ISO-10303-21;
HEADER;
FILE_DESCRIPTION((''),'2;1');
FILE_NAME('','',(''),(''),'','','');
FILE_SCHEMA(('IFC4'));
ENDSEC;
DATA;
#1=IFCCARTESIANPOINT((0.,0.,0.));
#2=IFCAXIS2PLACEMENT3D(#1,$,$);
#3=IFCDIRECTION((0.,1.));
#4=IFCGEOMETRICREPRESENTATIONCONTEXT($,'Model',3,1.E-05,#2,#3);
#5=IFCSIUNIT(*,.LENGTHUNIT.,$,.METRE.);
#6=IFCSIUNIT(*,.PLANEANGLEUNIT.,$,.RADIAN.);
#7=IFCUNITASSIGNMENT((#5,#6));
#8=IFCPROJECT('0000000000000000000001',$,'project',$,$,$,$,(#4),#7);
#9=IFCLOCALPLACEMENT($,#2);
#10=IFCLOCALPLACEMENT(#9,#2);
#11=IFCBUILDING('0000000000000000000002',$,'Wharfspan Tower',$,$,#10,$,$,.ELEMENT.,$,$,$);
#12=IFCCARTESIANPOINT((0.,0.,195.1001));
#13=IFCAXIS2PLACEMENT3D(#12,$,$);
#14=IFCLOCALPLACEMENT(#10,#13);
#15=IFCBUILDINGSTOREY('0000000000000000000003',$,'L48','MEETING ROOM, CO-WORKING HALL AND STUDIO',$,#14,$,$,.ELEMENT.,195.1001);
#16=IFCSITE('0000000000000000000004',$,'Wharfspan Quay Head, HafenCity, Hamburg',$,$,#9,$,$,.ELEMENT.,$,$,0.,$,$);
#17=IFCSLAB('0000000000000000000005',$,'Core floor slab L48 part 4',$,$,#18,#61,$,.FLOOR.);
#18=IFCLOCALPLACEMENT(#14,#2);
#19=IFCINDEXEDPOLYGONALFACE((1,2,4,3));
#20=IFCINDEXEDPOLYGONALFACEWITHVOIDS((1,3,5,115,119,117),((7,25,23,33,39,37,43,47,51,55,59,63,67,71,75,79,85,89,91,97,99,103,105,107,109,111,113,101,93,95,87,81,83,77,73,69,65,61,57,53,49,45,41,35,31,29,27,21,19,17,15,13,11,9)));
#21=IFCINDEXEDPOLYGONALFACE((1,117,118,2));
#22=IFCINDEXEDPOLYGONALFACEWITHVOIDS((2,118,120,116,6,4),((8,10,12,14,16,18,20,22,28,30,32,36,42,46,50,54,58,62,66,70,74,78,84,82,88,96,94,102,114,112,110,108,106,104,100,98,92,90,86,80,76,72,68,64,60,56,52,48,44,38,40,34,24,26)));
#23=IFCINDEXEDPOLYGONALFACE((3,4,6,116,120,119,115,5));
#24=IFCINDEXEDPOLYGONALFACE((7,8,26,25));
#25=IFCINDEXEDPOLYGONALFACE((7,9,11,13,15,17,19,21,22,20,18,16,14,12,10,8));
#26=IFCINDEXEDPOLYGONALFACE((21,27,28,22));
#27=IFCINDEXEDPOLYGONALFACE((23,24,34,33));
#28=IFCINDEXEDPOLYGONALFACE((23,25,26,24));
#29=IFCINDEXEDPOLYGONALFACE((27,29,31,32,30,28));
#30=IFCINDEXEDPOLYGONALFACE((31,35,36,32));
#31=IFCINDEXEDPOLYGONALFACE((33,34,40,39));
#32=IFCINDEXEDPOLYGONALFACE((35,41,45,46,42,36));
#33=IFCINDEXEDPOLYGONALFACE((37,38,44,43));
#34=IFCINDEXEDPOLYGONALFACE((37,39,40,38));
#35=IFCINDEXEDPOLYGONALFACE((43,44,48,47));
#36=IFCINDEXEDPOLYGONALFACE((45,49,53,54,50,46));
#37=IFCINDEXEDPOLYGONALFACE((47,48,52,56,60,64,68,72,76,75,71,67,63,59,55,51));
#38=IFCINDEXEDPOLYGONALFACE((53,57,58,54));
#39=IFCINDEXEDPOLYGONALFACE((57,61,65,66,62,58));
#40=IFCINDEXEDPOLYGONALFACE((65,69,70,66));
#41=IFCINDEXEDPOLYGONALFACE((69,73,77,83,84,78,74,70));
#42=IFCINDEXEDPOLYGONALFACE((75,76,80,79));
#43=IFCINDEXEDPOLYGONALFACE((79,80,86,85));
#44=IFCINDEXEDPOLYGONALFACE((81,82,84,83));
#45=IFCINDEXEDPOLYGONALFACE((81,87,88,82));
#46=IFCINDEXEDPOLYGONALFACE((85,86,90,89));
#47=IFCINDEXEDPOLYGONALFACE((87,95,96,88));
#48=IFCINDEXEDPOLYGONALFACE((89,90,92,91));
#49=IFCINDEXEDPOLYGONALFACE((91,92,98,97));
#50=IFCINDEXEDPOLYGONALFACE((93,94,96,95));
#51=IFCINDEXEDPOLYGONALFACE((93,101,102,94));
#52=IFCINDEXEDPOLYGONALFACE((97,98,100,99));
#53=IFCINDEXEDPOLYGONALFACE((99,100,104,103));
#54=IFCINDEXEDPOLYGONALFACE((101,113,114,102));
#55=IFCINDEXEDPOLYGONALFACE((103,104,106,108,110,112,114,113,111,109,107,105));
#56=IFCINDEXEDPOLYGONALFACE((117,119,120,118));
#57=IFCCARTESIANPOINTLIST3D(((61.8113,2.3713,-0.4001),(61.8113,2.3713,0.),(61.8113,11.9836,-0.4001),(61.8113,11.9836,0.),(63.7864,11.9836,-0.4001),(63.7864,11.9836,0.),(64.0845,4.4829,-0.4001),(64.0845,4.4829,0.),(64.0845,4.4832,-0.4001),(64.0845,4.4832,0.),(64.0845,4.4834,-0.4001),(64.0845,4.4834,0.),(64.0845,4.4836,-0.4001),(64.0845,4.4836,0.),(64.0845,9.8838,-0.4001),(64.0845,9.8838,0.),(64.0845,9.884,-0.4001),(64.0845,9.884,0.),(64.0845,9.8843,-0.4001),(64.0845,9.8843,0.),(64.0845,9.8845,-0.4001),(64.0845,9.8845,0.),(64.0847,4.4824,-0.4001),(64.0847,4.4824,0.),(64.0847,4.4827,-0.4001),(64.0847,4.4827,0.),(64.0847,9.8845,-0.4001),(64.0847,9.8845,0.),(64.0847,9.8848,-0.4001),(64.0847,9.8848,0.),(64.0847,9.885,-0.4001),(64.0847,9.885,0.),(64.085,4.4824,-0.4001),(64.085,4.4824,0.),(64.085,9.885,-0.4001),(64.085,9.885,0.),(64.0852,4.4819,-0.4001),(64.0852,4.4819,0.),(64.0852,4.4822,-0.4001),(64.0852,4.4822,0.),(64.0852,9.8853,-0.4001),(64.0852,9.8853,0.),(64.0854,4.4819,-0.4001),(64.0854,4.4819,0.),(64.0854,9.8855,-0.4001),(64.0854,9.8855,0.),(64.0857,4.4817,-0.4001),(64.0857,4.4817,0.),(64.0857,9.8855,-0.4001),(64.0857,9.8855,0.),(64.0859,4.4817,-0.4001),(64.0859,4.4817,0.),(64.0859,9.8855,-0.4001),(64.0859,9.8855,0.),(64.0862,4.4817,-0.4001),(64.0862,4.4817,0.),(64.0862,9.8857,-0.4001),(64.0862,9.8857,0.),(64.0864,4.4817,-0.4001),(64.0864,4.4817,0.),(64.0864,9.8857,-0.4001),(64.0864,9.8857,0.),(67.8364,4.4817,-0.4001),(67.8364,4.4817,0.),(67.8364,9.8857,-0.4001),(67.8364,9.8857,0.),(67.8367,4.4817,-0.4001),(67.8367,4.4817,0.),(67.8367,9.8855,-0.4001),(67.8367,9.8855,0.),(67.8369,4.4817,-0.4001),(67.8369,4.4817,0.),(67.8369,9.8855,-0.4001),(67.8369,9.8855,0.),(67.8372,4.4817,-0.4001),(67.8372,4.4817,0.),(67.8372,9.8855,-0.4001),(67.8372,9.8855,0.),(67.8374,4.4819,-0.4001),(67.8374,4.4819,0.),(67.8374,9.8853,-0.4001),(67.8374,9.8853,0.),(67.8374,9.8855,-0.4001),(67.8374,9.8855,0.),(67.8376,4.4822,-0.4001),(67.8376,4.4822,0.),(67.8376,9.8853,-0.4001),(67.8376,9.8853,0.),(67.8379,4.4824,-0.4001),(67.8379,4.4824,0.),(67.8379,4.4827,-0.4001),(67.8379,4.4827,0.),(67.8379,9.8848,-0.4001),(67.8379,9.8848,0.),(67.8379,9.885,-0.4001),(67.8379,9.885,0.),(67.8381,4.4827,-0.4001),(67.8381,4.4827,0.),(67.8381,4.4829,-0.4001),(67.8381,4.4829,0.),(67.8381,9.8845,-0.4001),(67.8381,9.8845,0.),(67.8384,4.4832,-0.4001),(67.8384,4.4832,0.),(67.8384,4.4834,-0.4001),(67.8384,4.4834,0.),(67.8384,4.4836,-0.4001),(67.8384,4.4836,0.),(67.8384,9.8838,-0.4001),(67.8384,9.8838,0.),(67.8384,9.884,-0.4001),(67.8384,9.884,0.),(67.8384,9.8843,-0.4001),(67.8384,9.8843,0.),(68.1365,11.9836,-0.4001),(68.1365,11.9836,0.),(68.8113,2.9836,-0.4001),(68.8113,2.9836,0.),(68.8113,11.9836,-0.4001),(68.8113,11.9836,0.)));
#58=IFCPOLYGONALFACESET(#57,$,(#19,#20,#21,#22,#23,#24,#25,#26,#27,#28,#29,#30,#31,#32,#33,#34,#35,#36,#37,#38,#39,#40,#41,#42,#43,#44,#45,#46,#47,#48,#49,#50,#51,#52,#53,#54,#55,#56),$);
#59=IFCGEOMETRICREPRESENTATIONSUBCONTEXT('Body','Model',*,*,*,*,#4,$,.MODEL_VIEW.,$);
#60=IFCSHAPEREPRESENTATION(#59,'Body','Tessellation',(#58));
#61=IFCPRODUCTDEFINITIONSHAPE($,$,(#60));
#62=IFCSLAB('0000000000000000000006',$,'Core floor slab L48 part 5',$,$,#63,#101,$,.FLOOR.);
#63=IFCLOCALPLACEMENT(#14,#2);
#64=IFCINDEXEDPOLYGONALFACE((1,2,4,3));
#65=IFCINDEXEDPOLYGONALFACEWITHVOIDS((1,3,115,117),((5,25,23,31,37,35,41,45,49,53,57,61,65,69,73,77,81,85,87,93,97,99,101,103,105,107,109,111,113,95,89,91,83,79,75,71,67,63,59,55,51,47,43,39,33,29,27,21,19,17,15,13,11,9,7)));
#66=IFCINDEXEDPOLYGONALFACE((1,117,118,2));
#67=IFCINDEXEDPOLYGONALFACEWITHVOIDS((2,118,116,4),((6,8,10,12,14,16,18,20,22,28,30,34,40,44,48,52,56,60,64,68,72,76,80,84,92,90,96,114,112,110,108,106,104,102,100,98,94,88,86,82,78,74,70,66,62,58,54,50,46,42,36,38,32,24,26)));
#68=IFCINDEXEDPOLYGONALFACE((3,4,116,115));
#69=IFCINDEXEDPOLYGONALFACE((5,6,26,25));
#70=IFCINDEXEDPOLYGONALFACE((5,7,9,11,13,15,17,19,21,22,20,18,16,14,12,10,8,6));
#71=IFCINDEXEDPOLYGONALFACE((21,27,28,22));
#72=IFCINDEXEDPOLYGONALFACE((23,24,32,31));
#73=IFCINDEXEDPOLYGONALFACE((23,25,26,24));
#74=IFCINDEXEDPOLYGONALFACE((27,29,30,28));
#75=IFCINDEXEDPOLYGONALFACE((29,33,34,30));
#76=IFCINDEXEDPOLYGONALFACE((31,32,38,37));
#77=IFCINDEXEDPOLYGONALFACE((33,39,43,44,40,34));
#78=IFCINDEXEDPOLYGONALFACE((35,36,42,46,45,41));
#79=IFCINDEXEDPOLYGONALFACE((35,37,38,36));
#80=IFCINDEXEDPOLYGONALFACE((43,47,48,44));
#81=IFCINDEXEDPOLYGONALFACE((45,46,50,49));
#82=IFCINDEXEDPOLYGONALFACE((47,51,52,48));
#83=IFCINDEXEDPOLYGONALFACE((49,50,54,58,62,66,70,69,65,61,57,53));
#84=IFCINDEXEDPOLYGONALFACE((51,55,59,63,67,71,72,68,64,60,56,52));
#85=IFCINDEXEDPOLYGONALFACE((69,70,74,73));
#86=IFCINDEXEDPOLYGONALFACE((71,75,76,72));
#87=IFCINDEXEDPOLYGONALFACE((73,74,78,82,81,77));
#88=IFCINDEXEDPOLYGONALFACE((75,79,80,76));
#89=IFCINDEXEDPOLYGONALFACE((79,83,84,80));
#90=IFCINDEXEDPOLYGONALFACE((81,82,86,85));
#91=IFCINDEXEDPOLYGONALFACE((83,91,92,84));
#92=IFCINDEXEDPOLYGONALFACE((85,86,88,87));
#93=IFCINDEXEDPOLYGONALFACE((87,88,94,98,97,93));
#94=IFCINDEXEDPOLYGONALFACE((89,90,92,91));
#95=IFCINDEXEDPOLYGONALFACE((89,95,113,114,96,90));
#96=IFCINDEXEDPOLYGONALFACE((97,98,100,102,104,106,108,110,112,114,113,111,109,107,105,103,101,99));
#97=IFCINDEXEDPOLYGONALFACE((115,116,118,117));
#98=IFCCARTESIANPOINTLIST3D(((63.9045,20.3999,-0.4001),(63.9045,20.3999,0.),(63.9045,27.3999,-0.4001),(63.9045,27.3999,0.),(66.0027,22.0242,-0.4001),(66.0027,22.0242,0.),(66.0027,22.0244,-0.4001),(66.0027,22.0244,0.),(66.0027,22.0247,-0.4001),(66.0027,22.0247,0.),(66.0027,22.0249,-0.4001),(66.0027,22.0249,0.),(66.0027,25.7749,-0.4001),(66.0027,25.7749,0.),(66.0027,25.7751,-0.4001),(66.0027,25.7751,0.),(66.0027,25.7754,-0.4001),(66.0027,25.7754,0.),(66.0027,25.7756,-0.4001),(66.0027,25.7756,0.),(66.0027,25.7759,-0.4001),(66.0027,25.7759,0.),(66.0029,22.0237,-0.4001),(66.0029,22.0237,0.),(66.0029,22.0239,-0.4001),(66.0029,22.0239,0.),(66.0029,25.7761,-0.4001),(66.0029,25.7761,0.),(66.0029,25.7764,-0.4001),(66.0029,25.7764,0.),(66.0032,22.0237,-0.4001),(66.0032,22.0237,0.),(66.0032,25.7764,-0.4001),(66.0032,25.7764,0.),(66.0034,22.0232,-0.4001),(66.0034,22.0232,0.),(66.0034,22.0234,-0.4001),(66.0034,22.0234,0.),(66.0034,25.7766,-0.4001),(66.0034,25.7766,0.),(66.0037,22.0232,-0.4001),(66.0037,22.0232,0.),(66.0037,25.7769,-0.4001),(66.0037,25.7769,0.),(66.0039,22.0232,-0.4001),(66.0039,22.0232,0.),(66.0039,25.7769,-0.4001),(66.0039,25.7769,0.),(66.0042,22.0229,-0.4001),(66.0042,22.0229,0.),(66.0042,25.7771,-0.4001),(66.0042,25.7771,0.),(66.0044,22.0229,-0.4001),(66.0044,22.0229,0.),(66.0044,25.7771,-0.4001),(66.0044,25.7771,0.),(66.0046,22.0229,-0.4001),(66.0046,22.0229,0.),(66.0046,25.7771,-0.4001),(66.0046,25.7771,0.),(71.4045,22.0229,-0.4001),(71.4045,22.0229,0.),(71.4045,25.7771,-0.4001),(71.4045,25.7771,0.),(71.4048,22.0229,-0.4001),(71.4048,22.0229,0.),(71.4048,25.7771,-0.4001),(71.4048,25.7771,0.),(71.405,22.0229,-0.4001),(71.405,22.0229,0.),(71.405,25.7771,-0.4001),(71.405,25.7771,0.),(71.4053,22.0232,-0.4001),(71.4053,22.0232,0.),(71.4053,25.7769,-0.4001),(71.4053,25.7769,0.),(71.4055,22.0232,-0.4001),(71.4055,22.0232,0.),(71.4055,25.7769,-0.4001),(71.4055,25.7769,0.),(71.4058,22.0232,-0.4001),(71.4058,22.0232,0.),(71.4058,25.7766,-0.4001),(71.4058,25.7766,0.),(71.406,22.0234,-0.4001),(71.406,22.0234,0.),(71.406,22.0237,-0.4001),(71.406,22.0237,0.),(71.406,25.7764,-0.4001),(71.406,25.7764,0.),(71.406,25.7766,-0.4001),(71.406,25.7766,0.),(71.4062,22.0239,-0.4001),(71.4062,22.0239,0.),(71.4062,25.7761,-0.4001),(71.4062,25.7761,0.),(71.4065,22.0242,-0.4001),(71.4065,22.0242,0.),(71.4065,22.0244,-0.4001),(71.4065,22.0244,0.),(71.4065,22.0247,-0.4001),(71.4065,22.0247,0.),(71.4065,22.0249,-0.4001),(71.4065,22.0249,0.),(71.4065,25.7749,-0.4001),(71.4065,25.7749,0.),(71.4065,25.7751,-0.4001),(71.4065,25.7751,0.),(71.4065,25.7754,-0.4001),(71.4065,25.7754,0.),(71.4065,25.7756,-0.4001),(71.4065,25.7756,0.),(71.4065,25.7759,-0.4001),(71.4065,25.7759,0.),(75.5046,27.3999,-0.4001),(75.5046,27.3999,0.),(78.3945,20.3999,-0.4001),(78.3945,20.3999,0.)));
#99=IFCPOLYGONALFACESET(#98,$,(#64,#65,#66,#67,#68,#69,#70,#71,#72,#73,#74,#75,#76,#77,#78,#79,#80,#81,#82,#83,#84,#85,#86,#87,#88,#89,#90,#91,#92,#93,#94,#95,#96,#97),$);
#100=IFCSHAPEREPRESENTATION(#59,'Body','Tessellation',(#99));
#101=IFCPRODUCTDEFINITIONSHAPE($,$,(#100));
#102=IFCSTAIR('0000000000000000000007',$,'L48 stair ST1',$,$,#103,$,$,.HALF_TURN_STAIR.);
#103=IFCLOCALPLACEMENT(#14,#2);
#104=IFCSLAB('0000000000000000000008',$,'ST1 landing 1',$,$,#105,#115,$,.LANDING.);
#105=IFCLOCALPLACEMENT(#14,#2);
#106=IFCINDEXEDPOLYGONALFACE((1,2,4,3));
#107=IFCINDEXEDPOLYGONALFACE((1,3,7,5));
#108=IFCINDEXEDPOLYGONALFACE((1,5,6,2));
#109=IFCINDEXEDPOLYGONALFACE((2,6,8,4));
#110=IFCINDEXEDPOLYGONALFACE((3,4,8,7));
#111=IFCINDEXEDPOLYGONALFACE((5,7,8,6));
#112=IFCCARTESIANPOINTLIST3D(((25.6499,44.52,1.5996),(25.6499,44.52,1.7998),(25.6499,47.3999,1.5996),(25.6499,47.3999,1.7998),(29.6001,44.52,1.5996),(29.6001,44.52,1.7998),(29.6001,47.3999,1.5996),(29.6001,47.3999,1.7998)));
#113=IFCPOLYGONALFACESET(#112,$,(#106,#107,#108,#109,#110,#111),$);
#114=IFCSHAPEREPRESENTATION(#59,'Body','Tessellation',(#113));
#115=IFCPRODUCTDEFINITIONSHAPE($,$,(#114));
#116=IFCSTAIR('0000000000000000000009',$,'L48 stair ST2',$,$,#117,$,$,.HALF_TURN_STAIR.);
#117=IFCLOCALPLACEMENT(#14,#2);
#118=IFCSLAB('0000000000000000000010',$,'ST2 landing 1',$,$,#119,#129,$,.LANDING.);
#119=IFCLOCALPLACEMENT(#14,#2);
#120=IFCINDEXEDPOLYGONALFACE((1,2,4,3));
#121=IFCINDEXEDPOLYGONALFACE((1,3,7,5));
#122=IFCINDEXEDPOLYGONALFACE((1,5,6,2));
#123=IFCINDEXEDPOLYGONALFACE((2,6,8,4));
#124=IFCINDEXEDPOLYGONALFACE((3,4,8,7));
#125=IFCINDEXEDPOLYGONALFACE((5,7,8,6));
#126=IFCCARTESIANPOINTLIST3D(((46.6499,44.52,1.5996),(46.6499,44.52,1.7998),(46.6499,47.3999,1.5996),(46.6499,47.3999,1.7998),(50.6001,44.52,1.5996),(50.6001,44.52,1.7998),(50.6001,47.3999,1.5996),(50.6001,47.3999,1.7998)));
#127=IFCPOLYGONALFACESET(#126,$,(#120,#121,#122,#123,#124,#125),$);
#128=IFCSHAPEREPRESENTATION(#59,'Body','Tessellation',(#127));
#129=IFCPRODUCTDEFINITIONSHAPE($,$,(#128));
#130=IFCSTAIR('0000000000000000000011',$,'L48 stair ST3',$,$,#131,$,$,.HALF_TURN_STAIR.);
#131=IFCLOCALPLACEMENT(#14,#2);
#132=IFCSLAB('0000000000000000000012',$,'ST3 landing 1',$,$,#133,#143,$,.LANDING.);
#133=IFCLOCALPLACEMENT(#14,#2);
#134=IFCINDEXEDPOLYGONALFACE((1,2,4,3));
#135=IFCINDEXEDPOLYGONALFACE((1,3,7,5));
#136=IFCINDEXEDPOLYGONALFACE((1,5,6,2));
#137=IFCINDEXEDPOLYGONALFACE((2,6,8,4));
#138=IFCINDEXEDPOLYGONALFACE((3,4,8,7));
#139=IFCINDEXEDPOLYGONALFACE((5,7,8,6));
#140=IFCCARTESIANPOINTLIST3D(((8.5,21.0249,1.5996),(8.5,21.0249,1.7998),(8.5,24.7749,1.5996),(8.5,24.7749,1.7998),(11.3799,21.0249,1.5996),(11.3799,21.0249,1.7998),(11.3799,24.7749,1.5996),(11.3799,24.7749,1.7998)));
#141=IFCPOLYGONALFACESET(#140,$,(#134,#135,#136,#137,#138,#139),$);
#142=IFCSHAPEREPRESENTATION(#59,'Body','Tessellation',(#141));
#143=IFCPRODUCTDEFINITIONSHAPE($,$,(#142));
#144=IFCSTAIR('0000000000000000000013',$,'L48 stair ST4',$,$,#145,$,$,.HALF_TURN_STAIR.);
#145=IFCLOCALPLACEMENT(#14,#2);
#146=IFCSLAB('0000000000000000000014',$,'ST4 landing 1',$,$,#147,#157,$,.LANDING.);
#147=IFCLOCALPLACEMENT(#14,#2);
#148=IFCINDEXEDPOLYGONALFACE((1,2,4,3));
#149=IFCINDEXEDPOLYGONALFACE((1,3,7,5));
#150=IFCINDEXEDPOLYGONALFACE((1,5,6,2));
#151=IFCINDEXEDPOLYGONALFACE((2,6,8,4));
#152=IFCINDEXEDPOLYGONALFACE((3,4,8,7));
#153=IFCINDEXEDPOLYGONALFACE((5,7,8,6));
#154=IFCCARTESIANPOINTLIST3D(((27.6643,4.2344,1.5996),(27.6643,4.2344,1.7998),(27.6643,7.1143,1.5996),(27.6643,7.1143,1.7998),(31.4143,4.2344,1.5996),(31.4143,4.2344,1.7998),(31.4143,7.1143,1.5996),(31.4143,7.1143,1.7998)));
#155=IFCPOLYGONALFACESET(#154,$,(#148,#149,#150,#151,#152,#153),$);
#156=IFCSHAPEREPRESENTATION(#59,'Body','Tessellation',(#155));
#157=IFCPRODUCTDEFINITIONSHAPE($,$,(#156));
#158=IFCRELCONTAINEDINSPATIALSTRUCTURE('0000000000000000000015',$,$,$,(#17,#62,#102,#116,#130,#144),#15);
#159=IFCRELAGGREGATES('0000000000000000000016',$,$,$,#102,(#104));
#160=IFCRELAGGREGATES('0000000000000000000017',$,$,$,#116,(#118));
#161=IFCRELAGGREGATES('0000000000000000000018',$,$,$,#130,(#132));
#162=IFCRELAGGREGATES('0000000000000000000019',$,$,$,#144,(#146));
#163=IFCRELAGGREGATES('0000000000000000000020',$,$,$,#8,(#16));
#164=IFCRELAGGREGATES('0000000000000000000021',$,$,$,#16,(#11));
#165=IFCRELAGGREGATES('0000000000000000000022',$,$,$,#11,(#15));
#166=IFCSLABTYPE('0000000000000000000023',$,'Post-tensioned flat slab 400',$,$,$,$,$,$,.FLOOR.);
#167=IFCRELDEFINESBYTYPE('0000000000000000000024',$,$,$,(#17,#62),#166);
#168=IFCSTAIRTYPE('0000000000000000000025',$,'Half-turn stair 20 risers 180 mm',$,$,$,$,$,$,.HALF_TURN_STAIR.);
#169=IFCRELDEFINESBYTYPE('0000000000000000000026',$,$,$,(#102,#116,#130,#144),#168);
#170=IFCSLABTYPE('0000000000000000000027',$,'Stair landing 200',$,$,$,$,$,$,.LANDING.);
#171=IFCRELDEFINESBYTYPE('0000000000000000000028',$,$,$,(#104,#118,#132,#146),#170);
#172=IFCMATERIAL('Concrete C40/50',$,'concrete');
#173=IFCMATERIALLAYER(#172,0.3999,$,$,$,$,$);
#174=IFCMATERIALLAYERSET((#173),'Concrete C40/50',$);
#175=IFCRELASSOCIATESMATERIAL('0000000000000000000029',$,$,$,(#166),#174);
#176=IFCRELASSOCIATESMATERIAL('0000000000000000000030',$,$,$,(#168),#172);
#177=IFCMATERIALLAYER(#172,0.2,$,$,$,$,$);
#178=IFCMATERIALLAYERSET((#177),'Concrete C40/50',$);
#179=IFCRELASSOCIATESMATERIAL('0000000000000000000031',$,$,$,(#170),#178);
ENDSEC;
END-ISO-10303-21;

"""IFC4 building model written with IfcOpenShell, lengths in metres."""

from ifc_helpers import new_model, si_unit, direction, frame, origin, place, context, subcontext, project, spatial, polyline, outline, extrude, material, layer, layer_set, type_object, element, aggregate, save


model = new_model("IFC4")

# Units and contexts
model_context = context("Model", 3, precision=1e-05, world=origin(), true_north=direction((0.0, 1.0)))
body_context = subcontext(model_context, "Body", "Model", "MODEL_VIEW")
ifc_project = project(units=[si_unit("LENGTHUNIT", "METRE"), si_unit("PLANEANGLEUNIT", "RADIAN")], contexts=[model_context])

# Site, building, storey
site_placement = place(None, origin())
site = spatial("IfcSite", under=ifc_project, at=site_placement, Name="Wharfspan Quay Head, HafenCity, Hamburg", CompositionType="ELEMENT", RefElevation=0.0)
building_placement = place(site_placement, origin())
building = spatial("IfcBuilding", under=site, at=building_placement, Name="Wharfspan Tower", CompositionType="ELEMENT")
storey_placement = place(building_placement, frame((0.0, 0.0, 195.1001)))
storey = spatial("IfcBuildingStorey", under=building, at=storey_placement, Name="L48", Description="MEETING ROOM, CO-WORKING HALL AND STUDIO", CompositionType="ELEMENT", Elevation=195.1001)

# Slabs
ifc_material_1 = material(Name="Concrete C40/50", Category="concrete")
ifc_layer_1 = layer(ifc_material_1, 0.3999)
ifc_layer_set_1 = layer_set([ifc_layer_1], Name="Concrete C40/50")
slab_type_1 = type_object("IfcSlabType", Name="Post-tensioned flat slab 400", PredefinedType="FLOOR", material=ifc_layer_set_1)
slab_1_placement = place(storey_placement, frame((0.0, 0.0, -0.4001)))
element("IfcSlab", 1, at=slab_1_placement, inside=storey, type_object=slab_type_1, Name="Core floor slab L48 part 4", PredefinedType="FLOOR", context=body_context, shape_type="SweptSolid", body=[
    extrude(outline(polyline([(68.8113, 11.9836), (68.1365, 11.9836), (63.7864, 11.9836), (61.8113, 11.9836), (61.8113, 2.3713), (68.8113, 2.9836), (68.8113, 11.9836)]), holes=[polyline([(64.0845, 9.8838), (64.0845, 9.8838), (64.0845, 9.884), (64.0845, 9.8843), (64.0845, 9.8845), (64.0847, 9.8845), (64.0847, 9.8848), (64.0847, 9.885), (64.085, 9.885), (64.0852, 9.8853), (64.0852, 9.8853), (64.0854, 9.8855), (64.0857, 9.8855), (64.0857, 9.8855), (64.0859, 9.8855), (64.0862, 9.8857), (64.0864, 9.8857), (67.8364, 9.8857), (67.8364, 9.8857), (67.8367, 9.8855), (67.8369, 9.8855), (67.8372, 9.8855), (67.8374, 9.8855), (67.8374, 9.8853), (67.8376, 9.8853), (67.8379, 9.885), (67.8379, 9.885), (67.8379, 9.8848), (67.8381, 9.8845), (67.8381, 9.8845), (67.8384, 9.8843), (67.8384, 9.884), (67.8384, 9.8838), (67.8384, 9.8838), (67.8384, 4.4836), (67.8384, 4.4834), (67.8384, 4.4834), (67.8384, 4.4832), (67.8381, 4.4829), (67.8381, 4.4827), (67.8379, 4.4827), (67.8379, 4.4824), (67.8379, 4.4824), (67.8376, 4.4822), (67.8374, 4.4819), (67.8374, 4.4819), (67.8372, 4.4817), (67.8369, 4.4817), (67.8367, 4.4817), (67.8364, 4.4817), (67.8364, 4.4817), (64.0864, 4.4817), (64.0862, 4.4817), (64.0859, 4.4817), (64.0857, 4.4817), (64.0857, 4.4817), (64.0854, 4.4819), (64.0852, 4.4819), (64.0852, 4.4822), (64.085, 4.4824), (64.0847, 4.4824), (64.0847, 4.4827), (64.0847, 4.4827), (64.0845, 4.4829), (64.0845, 4.4832), (64.0845, 4.4834), (64.0845, 4.4834), (64.0845, 4.4836), (64.0845, 9.8838)])]), origin(), (0.0, 0.0, 1.0), 0.4001),
])
slab_2_placement = place(storey_placement, frame((0.0, 0.0, -0.4001)))
element("IfcSlab", 2, at=slab_2_placement, inside=storey, type_object=slab_type_1, Name="Core floor slab L48 part 5", PredefinedType="FLOOR", context=body_context, shape_type="SweptSolid", body=[
    extrude(outline(polyline([(78.3945, 20.3999), (75.5046, 27.3999), (63.9045, 27.3999), (63.9045, 20.3999), (78.3945, 20.3999)]), holes=[polyline([(66.0046, 22.0229), (66.0044, 22.0229), (66.0041, 22.0229), (66.0039, 22.0232), (66.0039, 22.0232), (66.0037, 22.0232), (66.0034, 22.0232), (66.0034, 22.0234), (66.0032, 22.0237), (66.0029, 22.0237), (66.0029, 22.0239), (66.0027, 22.0242), (66.0027, 22.0242), (66.0027, 22.0244), (66.0027, 22.0247), (66.0027, 22.0249), (66.0027, 22.0249), (66.0027, 25.7749), (66.0027, 25.7751), (66.0027, 25.7754), (66.0027, 25.7756), (66.0027, 25.7759), (66.0027, 25.7759), (66.0029, 25.7761), (66.0029, 25.7764), (66.0032, 25.7764), (66.0034, 25.7766), (66.0034, 25.7766), (66.0037, 25.7769), (66.0039, 25.7769), (66.0039, 25.7769), (66.0041, 25.7771), (66.0044, 25.7771), (66.0046, 25.7771), (71.4045, 25.7771), (71.4048, 25.7771), (71.405, 25.7771), (71.4053, 25.7769), (71.4055, 25.7769), (71.4055, 25.7769), (71.4058, 25.7766), (71.406, 25.7766), (71.406, 25.7764), (71.406, 25.7764), (71.4062, 25.7761), (71.4065, 25.7759), (71.4065, 25.7759), (71.4065, 25.7756), (71.4065, 25.7754), (71.4065, 25.7751), (71.4065, 25.7749), (71.4065, 22.0249), (71.4065, 22.0249), (71.4065, 22.0247), (71.4065, 22.0244), (71.4065, 22.0242), (71.4065, 22.0242), (71.4062, 22.0239), (71.406, 22.0237), (71.406, 22.0237), (71.406, 22.0234), (71.4058, 22.0232), (71.4055, 22.0232), (71.4055, 22.0232), (71.4053, 22.0232), (71.405, 22.0229), (71.4048, 22.0229), (71.4045, 22.0229), (66.0046, 22.0229)])]), origin(), (0.0, 0.0, 1.0), 0.4001),
])

# Stairs, slabs
stair_type = type_object("IfcStairType", Name="Half-turn stair 20 risers 180 mm", PredefinedType="HALF_TURN_STAIR", material=ifc_material_1)
stair_1_placement = place(storey_placement, origin())
stair_1 = element("IfcStair", 3, at=stair_1_placement, inside=storey, type_object=stair_type, Name="L48 stair ST1", PredefinedType="HALF_TURN_STAIR")
ifc_layer_2 = layer(ifc_material_1, 0.2)
ifc_layer_set_2 = layer_set([ifc_layer_2], Name="Concrete C40/50")
slab_type_2 = type_object("IfcSlabType", Name="Stair landing 200", PredefinedType="LANDING", material=ifc_layer_set_2)
slab_3_placement = place(storey_placement, frame((0.0, 0.0, 1.5996)))
slab_3 = element("IfcSlab", 4, at=slab_3_placement, type_object=slab_type_2, Name="ST1 landing 1", PredefinedType="LANDING", context=body_context, shape_type="SweptSolid", body=[
    extrude(outline(polyline([(25.6499, 44.52), (29.6001, 44.52), (29.6001, 47.3999), (25.6499, 47.3999), (25.6499, 44.52)])), origin(), (0.0, 0.0, 1.0), 0.2002),
])
aggregate(stair_1, [slab_3])
stair_2_placement = place(storey_placement, origin())
stair_2 = element("IfcStair", 5, at=stair_2_placement, inside=storey, type_object=stair_type, Name="L48 stair ST2", PredefinedType="HALF_TURN_STAIR")
slab_4_placement = place(storey_placement, frame((0.0, 0.0, 1.5996)))
slab_4 = element("IfcSlab", 6, at=slab_4_placement, type_object=slab_type_2, Name="ST2 landing 1", PredefinedType="LANDING", context=body_context, shape_type="SweptSolid", body=[
    extrude(outline(polyline([(46.6499, 44.52), (50.6001, 44.52), (50.6001, 47.3999), (46.6499, 47.3999), (46.6499, 44.52)])), origin(), (0.0, 0.0, 1.0), 0.2002),
])
aggregate(stair_2, [slab_4])
stair_3_placement = place(storey_placement, origin())
stair_3 = element("IfcStair", 7, at=stair_3_placement, inside=storey, type_object=stair_type, Name="L48 stair ST3", PredefinedType="HALF_TURN_STAIR")
slab_5_placement = place(storey_placement, frame((0.0, 0.0, 1.5996)))
slab_5 = element("IfcSlab", 8, at=slab_5_placement, type_object=slab_type_2, Name="ST3 landing 1", PredefinedType="LANDING", context=body_context, shape_type="SweptSolid", body=[
    extrude(outline(polyline([(11.3799, 24.7749), (8.5, 24.7749), (8.5, 21.0249), (11.3799, 21.0249), (11.3799, 24.7749)])), origin(), (0.0, 0.0, 1.0), 0.2002),
])
aggregate(stair_3, [slab_5])
stair_4_placement = place(storey_placement, origin())
stair_4 = element("IfcStair", 9, at=stair_4_placement, inside=storey, type_object=stair_type, Name="L48 stair ST4", PredefinedType="HALF_TURN_STAIR")
slab_6_placement = place(storey_placement, frame((0.0, 0.0, 1.5996)))
slab_6 = element("IfcSlab", 10, at=slab_6_placement, type_object=slab_type_2, Name="ST4 landing 1", PredefinedType="LANDING", context=body_context, shape_type="SweptSolid", body=[
    extrude(outline(polyline([(27.6643, 7.1143), (27.6643, 4.2344), (31.4143, 4.2344), (31.4143, 7.1143), (27.6643, 7.1143)])), origin(), (0.0, 0.0, 1.0), 0.2002),
])
aggregate(stair_4, [slab_6])

save(model, "model.ifc")
